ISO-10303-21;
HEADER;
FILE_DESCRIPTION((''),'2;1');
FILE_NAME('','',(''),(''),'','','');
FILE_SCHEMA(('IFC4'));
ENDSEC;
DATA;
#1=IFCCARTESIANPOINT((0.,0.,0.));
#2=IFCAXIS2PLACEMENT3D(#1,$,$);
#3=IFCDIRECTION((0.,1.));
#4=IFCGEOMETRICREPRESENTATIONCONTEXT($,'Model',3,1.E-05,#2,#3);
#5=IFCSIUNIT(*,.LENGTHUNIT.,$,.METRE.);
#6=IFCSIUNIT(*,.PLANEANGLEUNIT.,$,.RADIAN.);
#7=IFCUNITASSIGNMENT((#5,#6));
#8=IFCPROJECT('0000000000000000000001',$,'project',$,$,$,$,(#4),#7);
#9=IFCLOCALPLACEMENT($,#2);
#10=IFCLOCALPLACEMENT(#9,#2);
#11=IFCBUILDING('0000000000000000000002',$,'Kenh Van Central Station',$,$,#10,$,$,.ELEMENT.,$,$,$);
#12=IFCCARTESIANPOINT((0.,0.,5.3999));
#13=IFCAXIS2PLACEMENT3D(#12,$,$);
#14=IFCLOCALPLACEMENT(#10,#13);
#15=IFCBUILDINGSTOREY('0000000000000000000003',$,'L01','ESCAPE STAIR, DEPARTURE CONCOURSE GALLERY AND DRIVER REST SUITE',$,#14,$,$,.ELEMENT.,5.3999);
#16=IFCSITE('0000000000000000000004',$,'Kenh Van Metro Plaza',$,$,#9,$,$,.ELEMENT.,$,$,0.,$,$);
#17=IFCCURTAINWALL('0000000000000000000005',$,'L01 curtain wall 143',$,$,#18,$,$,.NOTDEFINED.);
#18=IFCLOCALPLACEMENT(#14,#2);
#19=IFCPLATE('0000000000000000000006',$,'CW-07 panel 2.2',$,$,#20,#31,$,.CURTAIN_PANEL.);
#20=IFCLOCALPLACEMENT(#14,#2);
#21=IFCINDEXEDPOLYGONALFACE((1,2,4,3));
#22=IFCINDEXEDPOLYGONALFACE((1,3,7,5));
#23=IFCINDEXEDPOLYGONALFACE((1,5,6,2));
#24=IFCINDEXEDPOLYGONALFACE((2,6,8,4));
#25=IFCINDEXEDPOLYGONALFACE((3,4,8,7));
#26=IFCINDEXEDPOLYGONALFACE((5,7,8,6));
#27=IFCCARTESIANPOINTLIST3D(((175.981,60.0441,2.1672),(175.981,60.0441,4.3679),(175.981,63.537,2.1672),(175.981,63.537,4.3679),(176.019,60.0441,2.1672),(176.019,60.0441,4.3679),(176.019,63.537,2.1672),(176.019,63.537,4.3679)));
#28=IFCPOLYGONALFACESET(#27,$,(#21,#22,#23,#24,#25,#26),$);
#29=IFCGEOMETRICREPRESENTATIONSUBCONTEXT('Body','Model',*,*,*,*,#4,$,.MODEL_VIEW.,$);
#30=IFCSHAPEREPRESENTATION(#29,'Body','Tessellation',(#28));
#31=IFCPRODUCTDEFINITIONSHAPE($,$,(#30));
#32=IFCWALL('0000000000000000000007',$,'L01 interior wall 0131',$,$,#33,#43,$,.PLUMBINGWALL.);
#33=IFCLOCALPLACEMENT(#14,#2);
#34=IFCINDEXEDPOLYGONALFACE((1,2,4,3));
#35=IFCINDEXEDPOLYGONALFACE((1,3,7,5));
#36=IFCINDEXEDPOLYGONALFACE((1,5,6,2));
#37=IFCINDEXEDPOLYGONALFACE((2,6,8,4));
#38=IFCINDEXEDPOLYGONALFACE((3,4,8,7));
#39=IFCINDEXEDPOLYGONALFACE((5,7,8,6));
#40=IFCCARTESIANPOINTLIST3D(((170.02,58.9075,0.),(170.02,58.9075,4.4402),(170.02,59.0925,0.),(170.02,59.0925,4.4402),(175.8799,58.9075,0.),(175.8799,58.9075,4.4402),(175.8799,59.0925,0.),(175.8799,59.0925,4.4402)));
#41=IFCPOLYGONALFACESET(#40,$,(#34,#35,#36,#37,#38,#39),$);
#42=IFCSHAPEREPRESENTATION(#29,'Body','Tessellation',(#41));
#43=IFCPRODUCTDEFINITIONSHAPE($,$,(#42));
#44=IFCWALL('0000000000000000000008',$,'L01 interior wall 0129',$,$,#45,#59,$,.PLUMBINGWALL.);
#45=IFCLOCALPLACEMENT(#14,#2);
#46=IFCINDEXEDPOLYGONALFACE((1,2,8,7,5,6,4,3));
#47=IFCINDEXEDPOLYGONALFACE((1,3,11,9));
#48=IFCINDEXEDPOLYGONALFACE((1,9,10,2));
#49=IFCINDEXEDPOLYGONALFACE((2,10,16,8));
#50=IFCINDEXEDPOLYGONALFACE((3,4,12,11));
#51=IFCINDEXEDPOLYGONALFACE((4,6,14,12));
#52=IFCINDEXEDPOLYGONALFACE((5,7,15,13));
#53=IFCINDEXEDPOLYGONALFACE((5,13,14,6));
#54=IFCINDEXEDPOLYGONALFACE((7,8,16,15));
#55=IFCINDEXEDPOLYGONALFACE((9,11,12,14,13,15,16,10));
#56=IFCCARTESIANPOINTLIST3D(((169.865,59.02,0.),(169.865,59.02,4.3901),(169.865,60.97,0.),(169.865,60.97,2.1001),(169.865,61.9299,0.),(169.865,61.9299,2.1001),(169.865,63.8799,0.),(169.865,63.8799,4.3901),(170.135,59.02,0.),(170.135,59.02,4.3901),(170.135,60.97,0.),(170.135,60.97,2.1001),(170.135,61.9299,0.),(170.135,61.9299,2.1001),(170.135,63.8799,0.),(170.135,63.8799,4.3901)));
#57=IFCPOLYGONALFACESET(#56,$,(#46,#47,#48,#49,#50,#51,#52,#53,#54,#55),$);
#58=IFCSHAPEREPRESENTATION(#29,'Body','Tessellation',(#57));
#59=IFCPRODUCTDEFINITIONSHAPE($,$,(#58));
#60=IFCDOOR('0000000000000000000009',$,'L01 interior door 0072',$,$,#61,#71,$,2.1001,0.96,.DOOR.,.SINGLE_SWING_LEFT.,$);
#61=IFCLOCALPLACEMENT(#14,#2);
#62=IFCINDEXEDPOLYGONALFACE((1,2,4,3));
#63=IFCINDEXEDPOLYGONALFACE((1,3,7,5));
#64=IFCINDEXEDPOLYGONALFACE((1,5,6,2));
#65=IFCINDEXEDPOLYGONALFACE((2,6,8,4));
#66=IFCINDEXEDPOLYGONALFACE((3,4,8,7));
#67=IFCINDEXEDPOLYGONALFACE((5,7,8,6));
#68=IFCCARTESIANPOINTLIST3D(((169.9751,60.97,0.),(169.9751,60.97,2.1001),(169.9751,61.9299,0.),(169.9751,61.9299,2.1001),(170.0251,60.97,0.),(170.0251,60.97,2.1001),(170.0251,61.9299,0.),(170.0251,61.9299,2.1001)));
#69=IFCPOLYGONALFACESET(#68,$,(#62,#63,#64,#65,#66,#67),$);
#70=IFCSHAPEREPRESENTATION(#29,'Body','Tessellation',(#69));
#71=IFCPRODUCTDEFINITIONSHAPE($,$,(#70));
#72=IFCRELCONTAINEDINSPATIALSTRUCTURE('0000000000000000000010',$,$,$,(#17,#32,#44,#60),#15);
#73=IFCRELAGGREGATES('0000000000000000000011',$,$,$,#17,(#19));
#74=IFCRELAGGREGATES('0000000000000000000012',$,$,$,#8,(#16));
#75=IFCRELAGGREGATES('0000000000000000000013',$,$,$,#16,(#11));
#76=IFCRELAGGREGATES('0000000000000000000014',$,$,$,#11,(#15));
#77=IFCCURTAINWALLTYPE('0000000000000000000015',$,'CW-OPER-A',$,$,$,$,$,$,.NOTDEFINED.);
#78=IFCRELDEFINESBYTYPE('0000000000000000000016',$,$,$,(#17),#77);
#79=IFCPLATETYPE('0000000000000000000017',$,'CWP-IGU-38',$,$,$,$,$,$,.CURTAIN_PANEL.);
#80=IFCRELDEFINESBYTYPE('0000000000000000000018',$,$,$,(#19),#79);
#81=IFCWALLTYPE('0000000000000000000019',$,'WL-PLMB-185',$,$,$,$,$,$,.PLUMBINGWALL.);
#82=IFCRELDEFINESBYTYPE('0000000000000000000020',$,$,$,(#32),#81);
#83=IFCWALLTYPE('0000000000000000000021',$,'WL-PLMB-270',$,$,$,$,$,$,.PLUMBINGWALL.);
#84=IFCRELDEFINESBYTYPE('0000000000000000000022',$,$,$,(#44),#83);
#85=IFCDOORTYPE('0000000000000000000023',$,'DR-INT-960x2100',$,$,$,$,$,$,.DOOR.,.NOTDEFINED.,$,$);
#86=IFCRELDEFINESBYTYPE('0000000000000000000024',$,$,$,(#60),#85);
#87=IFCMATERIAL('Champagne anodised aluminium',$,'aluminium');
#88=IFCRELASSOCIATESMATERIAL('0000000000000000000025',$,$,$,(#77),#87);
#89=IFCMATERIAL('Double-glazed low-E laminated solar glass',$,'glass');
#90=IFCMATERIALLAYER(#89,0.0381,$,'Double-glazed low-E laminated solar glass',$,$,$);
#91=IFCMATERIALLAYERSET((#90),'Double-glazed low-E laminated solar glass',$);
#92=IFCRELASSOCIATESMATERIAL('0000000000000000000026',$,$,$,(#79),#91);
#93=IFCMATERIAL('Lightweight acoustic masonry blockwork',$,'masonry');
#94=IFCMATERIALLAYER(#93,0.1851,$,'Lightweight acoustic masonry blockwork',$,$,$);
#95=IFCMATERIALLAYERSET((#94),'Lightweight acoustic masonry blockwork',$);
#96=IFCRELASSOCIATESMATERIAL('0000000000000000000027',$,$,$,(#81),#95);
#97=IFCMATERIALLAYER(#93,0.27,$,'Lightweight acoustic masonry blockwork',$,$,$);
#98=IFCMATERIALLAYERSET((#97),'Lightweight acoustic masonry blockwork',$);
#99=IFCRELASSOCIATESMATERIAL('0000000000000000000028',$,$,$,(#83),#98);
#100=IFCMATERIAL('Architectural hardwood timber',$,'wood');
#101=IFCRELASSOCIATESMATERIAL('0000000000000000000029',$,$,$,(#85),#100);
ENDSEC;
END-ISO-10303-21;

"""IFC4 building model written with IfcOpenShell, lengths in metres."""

from ifc_helpers import new_model, si_unit, direction, frame, frame_2d, origin, origin_2d, place, context, subcontext, project, spatial, rectangle, extrude, material, layer, layer_set, type_object, element, fill, aggregate, save


model = new_model("IFC4")

# Units and contexts
model_context = context("Model", 3, precision=1e-05, world=origin(), true_north=direction((0.0, 1.0)))
body_context = subcontext(model_context, "Body", "Model", "MODEL_VIEW")
ifc_project = project(units=[si_unit("LENGTHUNIT", "METRE"), si_unit("PLANEANGLEUNIT", "RADIAN")], contexts=[model_context])

# Site, building, storey
site_placement = place(None, origin())
site = spatial("IfcSite", under=ifc_project, at=site_placement, Name="Kenh Van Metro Plaza", CompositionType="ELEMENT", RefElevation=0.0)
building_placement = place(site_placement, origin())
building = spatial("IfcBuilding", under=site, at=building_placement, Name="Kenh Van Central Station", CompositionType="ELEMENT")
storey_placement = place(building_placement, frame((0.0, 0.0, 5.3999)))
storey = spatial("IfcBuildingStorey", under=building, at=storey_placement, Name="L01", Description="ESCAPE STAIR, DEPARTURE CONCOURSE GALLERY AND DRIVER REST SUITE", CompositionType="ELEMENT", Elevation=5.3999)

# Curtain wall
ifc_material_1 = material(Name="Champagne anodised aluminium", Category="aluminium")
curtain_wall_type = type_object("IfcCurtainWallType", Name="CW-OPER-A", PredefinedType="NOTDEFINED", material=ifc_material_1)
curtain_wall_placement = place(storey_placement, origin())
curtain_wall = element("IfcCurtainWall", 1, at=curtain_wall_placement, inside=storey, type_object=curtain_wall_type, Name="L01 curtain wall 143", PredefinedType="NOTDEFINED")

# Plate
ifc_material_2 = material(Name="Double-glazed low-E laminated solar glass", Category="glass")
ifc_layer_1 = layer(ifc_material_2, 0.0381, Name="Double-glazed low-E laminated solar glass")
ifc_layer_set_1 = layer_set([ifc_layer_1], Name="Double-glazed low-E laminated solar glass")
plate_type = type_object("IfcPlateType", Name="CWP-IGU-38", PredefinedType="CURTAIN_PANEL", material=ifc_layer_set_1)
plate_1_placement = place(storey_placement, frame((176.0, 61.7905, 2.1672), z_axis=(0.0, 0.0, 1.0), x_axis=(0.0, 1.0, 0.0)))
plate_1 = element("IfcPlate", 2, at=plate_1_placement, type_object=plate_type, Name="CW-07 panel 2.2", PredefinedType="CURTAIN_PANEL", context=body_context, shape_type="SweptSolid", body=[
    extrude(rectangle(XDim=3.4929, YDim=0.0381, at=origin_2d()), origin(), (0.0, 0.0, 1.0), 2.2007),
])
aggregate(curtain_wall, [plate_1])

# Wall
ifc_material_3 = material(Name="Lightweight acoustic masonry blockwork", Category="masonry")
ifc_layer_2 = layer(ifc_material_3, 0.1851, Name="Lightweight acoustic masonry blockwork")
ifc_layer_set_2 = layer_set([ifc_layer_2], Name="Lightweight acoustic masonry blockwork")
wall_type_1 = type_object("IfcWallType", Name="WL-PLMB-185", PredefinedType="PLUMBINGWALL", material=ifc_layer_set_2)
wall_1_placement = place(storey_placement, frame((170.02, 59.0, 0.0), z_axis=(0.0, 0.0, 1.0), x_axis=(1.0, 0.0, 0.0)))
element("IfcWall", 3, at=wall_1_placement, inside=storey, type_object=wall_type_1, Name="L01 interior wall 0131", PredefinedType="PLUMBINGWALL", context=body_context, shape_type="SweptSolid", body=[
    extrude(rectangle(XDim=5.8599, YDim=0.1851, at=frame_2d((2.9299, 0.0))), origin(), (0.0, 0.0, 1.0), 4.4402),
])

# Wall, opening, door
ifc_layer_3 = layer(ifc_material_3, 0.27, Name="Lightweight acoustic masonry blockwork")
ifc_layer_set_3 = layer_set([ifc_layer_3], Name="Lightweight acoustic masonry blockwork")
wall_type_2 = type_object("IfcWallType", Name="WL-PLMB-270", PredefinedType="PLUMBINGWALL", material=ifc_layer_set_3)
wall_2_placement = place(storey_placement, frame((170.0, 59.02, 0.0), z_axis=(0.0, 0.0, 1.0), x_axis=(0.0, 1.0, 0.0)))
wall_2 = element("IfcWall", 4, at=wall_2_placement, inside=storey, type_object=wall_type_2, Name="L01 interior wall 0129", PredefinedType="PLUMBINGWALL", context=body_context, shape_type="SweptSolid", body=[
    extrude(rectangle(XDim=4.8599, YDim=0.27, at=frame_2d((2.4299, 0.0))), origin(), (0.0, 0.0, 1.0), 4.3901),
])
opening_1_placement = place(wall_2_placement, frame((1.95, 0.0, 0.0)))
opening_1 = element("IfcOpeningElement", 5, at=opening_1_placement, cuts=wall_2, PredefinedType="OPENING", context=body_context, shape_type="SweptSolid", body=[
    extrude(rectangle(XDim=0.96, YDim=2.1001, at=frame_2d((0.48, 1.05))), frame((0.0, 0.145, 0.0), z_axis=(0.0, -1.0, 0.0), x_axis=(1.0, 0.0, 0.0)), (0.0, 0.0, 1.0), 0.29),
])
ifc_material_4 = material(Name="Architectural hardwood timber", Category="wood")
door_type_1 = type_object("IfcDoorType", Name="DR-INT-960x2100", OperationType="NOTDEFINED", PredefinedType="DOOR", material=ifc_material_4)
door_1_placement = place(opening_1_placement, origin())
door_1 = element("IfcDoor", 6, at=door_1_placement, inside=storey, type_object=door_type_1, Name="L01 interior door 0072", OperationType="SINGLE_SWING_LEFT", OverallHeight=2.1001, OverallWidth=0.96, PredefinedType="DOOR", context=body_context, shape_type="SweptSolid", body=[
    extrude(rectangle(XDim=0.96, YDim=2.1001, at=frame_2d((0.48, 1.05))), frame((0.0, 0.0249, 0.0), z_axis=(0.0, -1.0, 0.0), x_axis=(1.0, 0.0, 0.0)), (0.0, 0.0, 1.0), 0.05),
])
fill(opening_1, door_1)

save(model, "model.ifc")
